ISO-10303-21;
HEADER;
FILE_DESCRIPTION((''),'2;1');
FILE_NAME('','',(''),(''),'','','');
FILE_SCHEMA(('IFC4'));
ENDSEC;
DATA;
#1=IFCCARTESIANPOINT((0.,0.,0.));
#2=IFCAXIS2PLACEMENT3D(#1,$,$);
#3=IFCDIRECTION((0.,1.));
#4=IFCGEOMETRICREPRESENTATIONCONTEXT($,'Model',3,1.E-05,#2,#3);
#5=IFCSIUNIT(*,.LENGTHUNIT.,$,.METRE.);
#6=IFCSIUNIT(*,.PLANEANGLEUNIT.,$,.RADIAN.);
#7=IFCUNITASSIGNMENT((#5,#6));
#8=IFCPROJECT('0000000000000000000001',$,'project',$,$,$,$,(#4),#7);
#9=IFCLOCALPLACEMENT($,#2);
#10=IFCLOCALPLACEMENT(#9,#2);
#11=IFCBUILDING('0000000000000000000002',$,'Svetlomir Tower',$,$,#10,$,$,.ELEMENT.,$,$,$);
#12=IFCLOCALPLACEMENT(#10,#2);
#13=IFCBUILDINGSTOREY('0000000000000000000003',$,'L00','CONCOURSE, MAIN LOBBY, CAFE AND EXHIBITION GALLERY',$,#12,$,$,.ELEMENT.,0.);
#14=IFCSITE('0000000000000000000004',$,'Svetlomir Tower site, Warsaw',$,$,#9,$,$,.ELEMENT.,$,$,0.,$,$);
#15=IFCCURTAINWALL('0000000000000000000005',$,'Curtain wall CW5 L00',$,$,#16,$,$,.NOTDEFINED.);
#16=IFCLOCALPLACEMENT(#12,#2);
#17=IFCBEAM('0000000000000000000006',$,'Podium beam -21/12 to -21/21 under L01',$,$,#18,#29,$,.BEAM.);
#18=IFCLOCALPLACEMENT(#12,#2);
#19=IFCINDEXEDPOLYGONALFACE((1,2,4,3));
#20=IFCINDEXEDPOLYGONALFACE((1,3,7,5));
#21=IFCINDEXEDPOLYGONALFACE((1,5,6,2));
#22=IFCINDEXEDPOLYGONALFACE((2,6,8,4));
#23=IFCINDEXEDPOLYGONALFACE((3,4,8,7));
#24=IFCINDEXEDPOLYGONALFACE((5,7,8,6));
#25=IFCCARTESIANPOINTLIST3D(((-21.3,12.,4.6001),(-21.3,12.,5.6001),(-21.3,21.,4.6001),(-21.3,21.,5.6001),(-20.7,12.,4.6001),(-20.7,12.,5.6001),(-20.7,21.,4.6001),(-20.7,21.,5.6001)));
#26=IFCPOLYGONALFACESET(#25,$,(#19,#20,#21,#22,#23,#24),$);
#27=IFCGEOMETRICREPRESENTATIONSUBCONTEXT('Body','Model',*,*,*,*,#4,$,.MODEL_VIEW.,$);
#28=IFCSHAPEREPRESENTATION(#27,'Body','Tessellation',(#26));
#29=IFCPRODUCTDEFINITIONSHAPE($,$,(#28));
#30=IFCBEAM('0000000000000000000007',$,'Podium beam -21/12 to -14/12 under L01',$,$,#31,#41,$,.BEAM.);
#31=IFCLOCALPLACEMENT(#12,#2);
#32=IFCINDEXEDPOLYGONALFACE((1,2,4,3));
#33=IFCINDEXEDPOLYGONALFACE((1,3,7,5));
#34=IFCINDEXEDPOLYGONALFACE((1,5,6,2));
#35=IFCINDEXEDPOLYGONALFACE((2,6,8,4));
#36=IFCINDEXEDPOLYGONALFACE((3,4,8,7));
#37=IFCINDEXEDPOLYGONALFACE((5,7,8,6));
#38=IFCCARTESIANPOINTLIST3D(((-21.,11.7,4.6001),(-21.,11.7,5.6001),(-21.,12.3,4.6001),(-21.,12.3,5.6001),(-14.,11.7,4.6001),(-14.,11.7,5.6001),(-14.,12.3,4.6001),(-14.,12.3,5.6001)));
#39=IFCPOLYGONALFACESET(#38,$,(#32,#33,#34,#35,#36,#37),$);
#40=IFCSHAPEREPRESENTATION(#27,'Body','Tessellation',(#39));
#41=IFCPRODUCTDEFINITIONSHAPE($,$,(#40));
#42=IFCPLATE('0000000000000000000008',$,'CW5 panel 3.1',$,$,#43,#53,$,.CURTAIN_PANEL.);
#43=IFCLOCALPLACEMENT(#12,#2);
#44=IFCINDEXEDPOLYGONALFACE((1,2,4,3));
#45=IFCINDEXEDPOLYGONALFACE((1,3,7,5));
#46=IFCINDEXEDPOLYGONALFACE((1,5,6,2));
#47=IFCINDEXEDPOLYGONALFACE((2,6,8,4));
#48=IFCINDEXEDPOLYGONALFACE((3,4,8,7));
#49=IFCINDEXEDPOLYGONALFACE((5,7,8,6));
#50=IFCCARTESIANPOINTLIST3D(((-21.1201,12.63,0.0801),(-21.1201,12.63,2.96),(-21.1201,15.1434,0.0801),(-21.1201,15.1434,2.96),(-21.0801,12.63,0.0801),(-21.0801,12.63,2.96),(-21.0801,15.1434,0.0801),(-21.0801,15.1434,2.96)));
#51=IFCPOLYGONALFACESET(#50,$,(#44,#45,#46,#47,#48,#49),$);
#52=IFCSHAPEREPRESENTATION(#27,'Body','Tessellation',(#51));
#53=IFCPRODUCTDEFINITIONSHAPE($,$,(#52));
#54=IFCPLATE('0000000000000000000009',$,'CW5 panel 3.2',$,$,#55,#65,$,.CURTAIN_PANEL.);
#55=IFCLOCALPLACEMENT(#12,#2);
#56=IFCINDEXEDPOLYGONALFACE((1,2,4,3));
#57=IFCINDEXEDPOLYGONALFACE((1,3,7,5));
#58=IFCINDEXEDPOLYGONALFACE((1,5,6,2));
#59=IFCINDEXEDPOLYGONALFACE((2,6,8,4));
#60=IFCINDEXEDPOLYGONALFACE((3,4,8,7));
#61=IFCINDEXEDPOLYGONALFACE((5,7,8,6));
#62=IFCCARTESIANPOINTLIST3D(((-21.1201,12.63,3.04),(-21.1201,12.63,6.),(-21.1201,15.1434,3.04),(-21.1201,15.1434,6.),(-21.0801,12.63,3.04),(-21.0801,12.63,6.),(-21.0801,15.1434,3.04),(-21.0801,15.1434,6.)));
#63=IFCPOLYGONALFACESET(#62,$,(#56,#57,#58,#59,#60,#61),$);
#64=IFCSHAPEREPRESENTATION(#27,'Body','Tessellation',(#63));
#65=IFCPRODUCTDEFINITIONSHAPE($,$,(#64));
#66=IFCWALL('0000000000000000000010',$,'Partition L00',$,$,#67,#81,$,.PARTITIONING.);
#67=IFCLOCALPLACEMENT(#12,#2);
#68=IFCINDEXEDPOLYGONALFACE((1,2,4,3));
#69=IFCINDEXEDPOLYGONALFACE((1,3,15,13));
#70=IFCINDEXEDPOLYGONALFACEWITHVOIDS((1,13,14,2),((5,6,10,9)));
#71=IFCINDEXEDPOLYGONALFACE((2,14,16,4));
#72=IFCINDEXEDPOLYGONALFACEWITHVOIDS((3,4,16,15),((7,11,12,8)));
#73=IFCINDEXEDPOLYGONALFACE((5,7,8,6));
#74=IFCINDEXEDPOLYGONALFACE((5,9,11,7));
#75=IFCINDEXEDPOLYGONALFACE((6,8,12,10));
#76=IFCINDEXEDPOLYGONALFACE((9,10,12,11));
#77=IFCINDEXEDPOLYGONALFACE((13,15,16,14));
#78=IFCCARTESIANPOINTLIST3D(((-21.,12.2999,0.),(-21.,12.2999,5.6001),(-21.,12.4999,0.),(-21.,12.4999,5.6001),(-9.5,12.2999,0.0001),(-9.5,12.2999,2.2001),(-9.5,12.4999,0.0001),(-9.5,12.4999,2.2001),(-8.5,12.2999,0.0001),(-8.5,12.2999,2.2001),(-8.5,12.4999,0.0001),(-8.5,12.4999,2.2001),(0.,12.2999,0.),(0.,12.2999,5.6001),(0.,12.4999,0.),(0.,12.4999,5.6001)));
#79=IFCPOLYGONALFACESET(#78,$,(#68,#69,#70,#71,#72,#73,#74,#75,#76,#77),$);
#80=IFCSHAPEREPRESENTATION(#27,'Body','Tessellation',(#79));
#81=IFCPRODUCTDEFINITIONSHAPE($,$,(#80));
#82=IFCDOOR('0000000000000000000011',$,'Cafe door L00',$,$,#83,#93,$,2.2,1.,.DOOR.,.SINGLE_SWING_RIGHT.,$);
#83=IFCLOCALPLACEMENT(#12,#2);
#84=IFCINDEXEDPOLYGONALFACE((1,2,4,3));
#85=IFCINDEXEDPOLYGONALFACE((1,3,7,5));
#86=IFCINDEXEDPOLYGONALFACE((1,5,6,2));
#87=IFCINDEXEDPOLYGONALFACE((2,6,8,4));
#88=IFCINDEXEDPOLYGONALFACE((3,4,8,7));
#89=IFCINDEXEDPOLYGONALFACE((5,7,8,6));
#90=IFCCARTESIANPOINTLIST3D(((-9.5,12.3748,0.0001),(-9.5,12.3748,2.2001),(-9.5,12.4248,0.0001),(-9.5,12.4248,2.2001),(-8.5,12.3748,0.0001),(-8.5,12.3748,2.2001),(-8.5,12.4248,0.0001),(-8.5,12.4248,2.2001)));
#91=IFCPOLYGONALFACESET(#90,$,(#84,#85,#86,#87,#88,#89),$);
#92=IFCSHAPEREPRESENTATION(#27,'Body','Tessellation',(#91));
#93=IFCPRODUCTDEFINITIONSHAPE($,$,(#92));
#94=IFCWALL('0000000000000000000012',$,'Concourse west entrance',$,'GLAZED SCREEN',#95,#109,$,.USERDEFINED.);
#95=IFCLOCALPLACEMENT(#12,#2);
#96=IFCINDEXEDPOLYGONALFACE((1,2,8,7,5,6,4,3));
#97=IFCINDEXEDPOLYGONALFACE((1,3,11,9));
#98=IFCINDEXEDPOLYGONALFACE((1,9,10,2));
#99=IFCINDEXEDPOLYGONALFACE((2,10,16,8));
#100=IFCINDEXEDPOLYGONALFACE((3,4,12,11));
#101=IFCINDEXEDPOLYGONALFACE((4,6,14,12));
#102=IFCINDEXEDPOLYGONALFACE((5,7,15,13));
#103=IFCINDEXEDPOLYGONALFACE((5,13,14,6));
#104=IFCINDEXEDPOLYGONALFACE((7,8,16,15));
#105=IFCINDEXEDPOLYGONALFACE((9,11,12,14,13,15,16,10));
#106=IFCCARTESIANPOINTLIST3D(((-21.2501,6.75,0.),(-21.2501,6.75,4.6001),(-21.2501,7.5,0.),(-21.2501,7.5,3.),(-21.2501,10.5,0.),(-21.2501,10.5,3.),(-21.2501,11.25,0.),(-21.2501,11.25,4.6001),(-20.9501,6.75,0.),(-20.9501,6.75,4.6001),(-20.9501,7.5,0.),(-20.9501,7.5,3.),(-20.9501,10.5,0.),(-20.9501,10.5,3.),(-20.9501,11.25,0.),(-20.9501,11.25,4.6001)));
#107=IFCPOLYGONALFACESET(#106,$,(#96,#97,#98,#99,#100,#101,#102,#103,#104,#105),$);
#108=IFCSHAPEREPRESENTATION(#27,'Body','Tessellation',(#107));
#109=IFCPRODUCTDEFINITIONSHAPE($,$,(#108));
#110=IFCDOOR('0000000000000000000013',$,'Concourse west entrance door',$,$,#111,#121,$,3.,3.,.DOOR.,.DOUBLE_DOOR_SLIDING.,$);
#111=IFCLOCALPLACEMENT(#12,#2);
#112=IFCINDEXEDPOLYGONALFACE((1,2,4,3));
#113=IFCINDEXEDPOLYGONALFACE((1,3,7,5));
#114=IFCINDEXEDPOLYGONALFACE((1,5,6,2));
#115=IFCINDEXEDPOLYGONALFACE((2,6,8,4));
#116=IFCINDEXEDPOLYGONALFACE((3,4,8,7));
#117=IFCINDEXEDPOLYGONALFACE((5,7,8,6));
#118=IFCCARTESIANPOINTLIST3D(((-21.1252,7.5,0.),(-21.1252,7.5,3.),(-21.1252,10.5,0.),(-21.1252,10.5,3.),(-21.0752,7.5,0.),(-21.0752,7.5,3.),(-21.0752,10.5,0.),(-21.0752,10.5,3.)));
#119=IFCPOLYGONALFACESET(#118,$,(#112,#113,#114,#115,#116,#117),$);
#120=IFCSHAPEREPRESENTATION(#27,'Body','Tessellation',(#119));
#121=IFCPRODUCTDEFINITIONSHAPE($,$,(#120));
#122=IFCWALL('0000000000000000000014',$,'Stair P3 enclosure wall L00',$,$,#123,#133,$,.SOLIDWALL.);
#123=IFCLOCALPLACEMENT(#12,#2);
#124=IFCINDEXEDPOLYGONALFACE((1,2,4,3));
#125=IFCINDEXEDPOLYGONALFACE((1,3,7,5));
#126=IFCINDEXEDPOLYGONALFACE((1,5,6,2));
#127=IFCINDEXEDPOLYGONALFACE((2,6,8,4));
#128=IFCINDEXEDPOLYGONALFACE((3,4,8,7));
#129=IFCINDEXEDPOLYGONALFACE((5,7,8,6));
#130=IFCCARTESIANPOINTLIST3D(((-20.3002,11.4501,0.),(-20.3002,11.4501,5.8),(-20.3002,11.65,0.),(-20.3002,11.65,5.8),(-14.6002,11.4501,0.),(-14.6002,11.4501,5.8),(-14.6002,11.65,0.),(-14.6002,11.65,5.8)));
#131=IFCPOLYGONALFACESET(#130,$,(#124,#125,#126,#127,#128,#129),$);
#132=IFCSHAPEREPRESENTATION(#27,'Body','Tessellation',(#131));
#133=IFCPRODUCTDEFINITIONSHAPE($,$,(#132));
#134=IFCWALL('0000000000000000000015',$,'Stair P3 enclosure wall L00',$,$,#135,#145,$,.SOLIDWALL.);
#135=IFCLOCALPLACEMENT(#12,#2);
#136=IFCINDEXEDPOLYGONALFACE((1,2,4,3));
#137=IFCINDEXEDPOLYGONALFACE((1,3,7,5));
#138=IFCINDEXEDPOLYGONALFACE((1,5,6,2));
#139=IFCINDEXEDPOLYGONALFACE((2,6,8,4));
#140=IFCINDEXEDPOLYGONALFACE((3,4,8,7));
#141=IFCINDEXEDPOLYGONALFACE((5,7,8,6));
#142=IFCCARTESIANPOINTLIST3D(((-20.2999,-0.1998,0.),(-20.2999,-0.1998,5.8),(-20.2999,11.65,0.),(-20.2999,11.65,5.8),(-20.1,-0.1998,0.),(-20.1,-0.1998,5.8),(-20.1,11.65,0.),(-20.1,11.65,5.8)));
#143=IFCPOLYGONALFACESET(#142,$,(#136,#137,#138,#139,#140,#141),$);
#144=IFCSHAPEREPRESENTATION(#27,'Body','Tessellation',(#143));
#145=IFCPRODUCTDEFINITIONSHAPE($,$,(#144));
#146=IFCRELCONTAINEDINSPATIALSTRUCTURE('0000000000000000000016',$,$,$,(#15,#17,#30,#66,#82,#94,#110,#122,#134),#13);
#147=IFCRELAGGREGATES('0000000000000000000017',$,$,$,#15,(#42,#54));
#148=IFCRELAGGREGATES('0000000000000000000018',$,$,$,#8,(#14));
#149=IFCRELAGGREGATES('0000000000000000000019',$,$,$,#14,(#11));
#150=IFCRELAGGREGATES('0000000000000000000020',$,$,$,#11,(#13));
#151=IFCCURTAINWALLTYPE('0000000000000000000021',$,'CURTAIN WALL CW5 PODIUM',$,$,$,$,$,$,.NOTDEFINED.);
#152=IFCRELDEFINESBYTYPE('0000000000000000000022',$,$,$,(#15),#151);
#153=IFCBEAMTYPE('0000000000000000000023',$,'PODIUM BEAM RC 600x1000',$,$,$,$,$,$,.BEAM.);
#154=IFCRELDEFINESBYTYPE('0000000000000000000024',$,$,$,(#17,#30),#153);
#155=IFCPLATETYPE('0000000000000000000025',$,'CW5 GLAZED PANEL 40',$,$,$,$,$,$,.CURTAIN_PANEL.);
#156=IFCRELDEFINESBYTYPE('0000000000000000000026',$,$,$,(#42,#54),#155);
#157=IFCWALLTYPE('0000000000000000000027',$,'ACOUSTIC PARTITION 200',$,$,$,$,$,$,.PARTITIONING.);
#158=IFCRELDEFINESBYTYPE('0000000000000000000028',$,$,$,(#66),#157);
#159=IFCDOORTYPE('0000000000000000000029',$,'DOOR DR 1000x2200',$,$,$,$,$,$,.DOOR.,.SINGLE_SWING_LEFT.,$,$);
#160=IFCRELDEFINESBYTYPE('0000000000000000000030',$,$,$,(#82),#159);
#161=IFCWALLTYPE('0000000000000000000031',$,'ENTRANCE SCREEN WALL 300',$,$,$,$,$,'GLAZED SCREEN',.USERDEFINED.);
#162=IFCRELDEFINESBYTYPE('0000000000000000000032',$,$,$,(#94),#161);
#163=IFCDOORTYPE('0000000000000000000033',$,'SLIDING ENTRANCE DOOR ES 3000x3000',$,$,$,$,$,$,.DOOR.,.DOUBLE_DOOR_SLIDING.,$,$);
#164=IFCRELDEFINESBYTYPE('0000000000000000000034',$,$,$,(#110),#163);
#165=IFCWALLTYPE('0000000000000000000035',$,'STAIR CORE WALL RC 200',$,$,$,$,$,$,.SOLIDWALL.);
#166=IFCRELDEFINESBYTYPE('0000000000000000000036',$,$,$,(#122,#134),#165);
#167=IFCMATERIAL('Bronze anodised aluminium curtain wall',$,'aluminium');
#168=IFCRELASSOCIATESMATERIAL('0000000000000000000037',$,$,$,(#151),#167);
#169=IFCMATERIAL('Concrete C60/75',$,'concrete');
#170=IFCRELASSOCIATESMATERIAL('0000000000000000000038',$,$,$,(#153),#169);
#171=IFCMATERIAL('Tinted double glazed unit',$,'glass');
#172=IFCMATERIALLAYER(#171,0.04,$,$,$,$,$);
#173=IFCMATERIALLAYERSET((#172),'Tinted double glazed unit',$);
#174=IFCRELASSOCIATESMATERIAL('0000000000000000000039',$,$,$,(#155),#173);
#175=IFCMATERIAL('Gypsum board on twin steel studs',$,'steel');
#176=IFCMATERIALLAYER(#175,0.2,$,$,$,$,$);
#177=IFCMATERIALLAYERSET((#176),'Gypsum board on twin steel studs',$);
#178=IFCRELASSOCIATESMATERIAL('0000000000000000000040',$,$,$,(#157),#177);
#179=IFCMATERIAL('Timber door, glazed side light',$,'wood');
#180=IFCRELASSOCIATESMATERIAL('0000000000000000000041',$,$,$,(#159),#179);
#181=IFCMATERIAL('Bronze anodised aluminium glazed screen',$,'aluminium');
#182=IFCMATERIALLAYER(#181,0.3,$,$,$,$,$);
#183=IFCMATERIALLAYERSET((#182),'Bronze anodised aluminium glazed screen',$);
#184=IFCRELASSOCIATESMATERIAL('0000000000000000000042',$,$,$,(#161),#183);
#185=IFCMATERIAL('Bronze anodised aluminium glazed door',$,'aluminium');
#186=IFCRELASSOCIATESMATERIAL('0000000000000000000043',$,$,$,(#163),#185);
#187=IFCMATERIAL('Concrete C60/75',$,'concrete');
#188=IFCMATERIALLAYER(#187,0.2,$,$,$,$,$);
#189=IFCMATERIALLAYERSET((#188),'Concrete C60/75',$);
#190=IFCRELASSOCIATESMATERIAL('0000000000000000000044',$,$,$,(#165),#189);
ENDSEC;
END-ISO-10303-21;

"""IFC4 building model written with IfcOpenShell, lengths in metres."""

from ifc_helpers import new_model, si_unit, direction, frame, frame_2d, origin, origin_2d, place, context, subcontext, project, spatial, rectangle, extrude, material, layer, layer_set, material_profile, profile_set, type_object, element, fill, aggregate, save


model = new_model("IFC4")

# Units and contexts
model_context = context("Model", 3, precision=1e-05, world=origin(), true_north=direction((0.0, 1.0)))
body_context = subcontext(model_context, "Body", "Model", "MODEL_VIEW")
ifc_project = project(units=[si_unit("LENGTHUNIT", "METRE"), si_unit("PLANEANGLEUNIT", "RADIAN")], contexts=[model_context])

# Site, building, storey
site_placement = place(None, origin())
site = spatial("IfcSite", under=ifc_project, at=site_placement, Name="Svetlomir Tower site, Warsaw", CompositionType="ELEMENT", RefElevation=0.0)
building_placement = place(site_placement, origin())
building = spatial("IfcBuilding", under=site, at=building_placement, Name="Svetlomir Tower", CompositionType="ELEMENT")
storey_placement = place(building_placement, origin())
storey = spatial("IfcBuildingStorey", under=building, at=storey_placement, Name="L00", Description="CONCOURSE, MAIN LOBBY, CAFE AND EXHIBITION GALLERY", CompositionType="ELEMENT", Elevation=0.0)

# Curtain wall
ifc_material_1 = material(Name="Bronze anodised aluminium curtain wall", Category="aluminium")
curtain_wall_type = type_object("IfcCurtainWallType", Name="CURTAIN WALL CW5 PODIUM", PredefinedType="NOTDEFINED", material=ifc_material_1)
curtain_wall_placement = place(storey_placement, origin())
curtain_wall = element("IfcCurtainWall", 1, at=curtain_wall_placement, inside=storey, type_object=curtain_wall_type, Name="Curtain wall CW5 L00", PredefinedType="NOTDEFINED")

# Beams
ifc_material_2 = material(Name="Concrete C60/75", Category="concrete")
ifc_material_profile_1 = material_profile(ifc_material_2, rectangle(XDim=0.6001, YDim=1.0, at=origin_2d()), Name="RC 600x1000")
ifc_profile_set_1 = profile_set([ifc_material_profile_1], Name="Concrete C60/75")
beam_type = type_object("IfcBeamType", Name="PODIUM BEAM RC 600x1000", PredefinedType="BEAM", material=ifc_profile_set_1)
beam_1_placement = place(storey_placement, frame((-21.0, 12.0, 5.1001), z_axis=(0.0, 1.0, 0.0), x_axis=(-1.0, 0.0, 0.0)))
element("IfcBeam", 2, at=beam_1_placement, inside=storey, type_object=beam_type, Name="Podium beam -21/12 to -21/21 under L01", PredefinedType="BEAM", context=body_context, shape_type="SweptSolid", body=[
    extrude(rectangle(XDim=0.6001, YDim=1.0, at=origin_2d()), origin(), (0.0, 0.0, 1.0), 9.0),
])
beam_2_placement = place(storey_placement, frame((-21.0, 12.0, 5.1001), z_axis=(1.0, 0.0, 0.0), x_axis=(0.0, 1.0, 0.0)))
element("IfcBeam", 3, at=beam_2_placement, inside=storey, type_object=beam_type, Name="Podium beam -21/12 to -14/12 under L01", PredefinedType="BEAM", context=body_context, shape_type="SweptSolid", body=[
    extrude(rectangle(XDim=0.6001, YDim=1.0, at=origin_2d()), origin(), (0.0, 0.0, 1.0), 7.0),
])

# Plates
ifc_material_3 = material(Name="Tinted double glazed unit", Category="glass")
ifc_layer_1 = layer(ifc_material_3, 0.04)
ifc_layer_set_1 = layer_set([ifc_layer_1], Name="Tinted double glazed unit")
plate_type = type_object("IfcPlateType", Name="CW5 GLAZED PANEL 40", PredefinedType="CURTAIN_PANEL", material=ifc_layer_set_1)
plate_1_placement = place(storey_placement, frame((-21.1001, 13.8867, 0.0801), z_axis=(0.0, 0.0, 1.0), x_axis=(0.0, -1.0, 0.0)))
plate_1 = element("IfcPlate", 4, at=plate_1_placement, type_object=plate_type, Name="CW5 panel 3.1", PredefinedType="CURTAIN_PANEL", context=body_context, shape_type="SweptSolid", body=[
    extrude(rectangle(XDim=2.5134, YDim=0.04, at=origin_2d()), origin(), (0.0, 0.0, 1.0), 2.8799),
])
plate_2_placement = place(storey_placement, frame((-21.1001, 13.8867, 3.04), z_axis=(0.0, 0.0, 1.0), x_axis=(0.0, -1.0, 0.0)))
plate_2 = element("IfcPlate", 5, at=plate_2_placement, type_object=plate_type, Name="CW5 panel 3.2", PredefinedType="CURTAIN_PANEL", context=body_context, shape_type="SweptSolid", body=[
    extrude(rectangle(XDim=2.5134, YDim=0.04, at=origin_2d()), origin(), (0.0, 0.0, 1.0), 2.96),
])
aggregate(curtain_wall, [plate_1, plate_2])

# Walls, openings, doors
ifc_material_4 = material(Name="Gypsum board on twin steel studs", Category="steel")
ifc_layer_2 = layer(ifc_material_4, 0.2)
ifc_layer_set_2 = layer_set([ifc_layer_2], Name="Gypsum board on twin steel studs")
wall_type_1 = type_object("IfcWallType", Name="ACOUSTIC PARTITION 200", PredefinedType="PARTITIONING", material=ifc_layer_set_2)
wall_1_placement = place(storey_placement, frame((-21.0, 12.3999, 0.0), z_axis=(0.0, 0.0, 1.0), x_axis=(1.0, 0.0, 0.0)))
wall_1 = element("IfcWall", 6, at=wall_1_placement, inside=storey, type_object=wall_type_1, Name="Partition L00", PredefinedType="PARTITIONING", context=body_context, shape_type="SweptSolid", body=[
    extrude(rectangle(XDim=21.0, YDim=0.2, at=frame_2d((10.5, 0.0))), origin(), (0.0, 0.0, 1.0), 5.6001),
])
opening_1_placement = place(wall_1_placement, frame((11.5, 0.0, 0.0)))
opening_1 = element("IfcOpeningElement", 7, at=opening_1_placement, cuts=wall_1, PredefinedType="OPENING", context=body_context, shape_type="SweptSolid", body=[
    extrude(rectangle(XDim=1.0, YDim=2.2, at=frame_2d((0.5, 1.1001))), frame((0.0, 0.1099, 0.0), z_axis=(0.0, -1.0, 0.0), x_axis=(1.0, 0.0, 0.0)), (0.0, 0.0, 1.0), 0.22),
])
ifc_material_5 = material(Name="Timber door, glazed side light", Category="wood")
door_type_1 = type_object("IfcDoorType", Name="DOOR DR 1000x2200", OperationType="SINGLE_SWING_LEFT", PredefinedType="DOOR", material=ifc_material_5)
door_1_placement = place(opening_1_placement, origin())
door_1 = element("IfcDoor", 8, at=door_1_placement, inside=storey, type_object=door_type_1, Name="Cafe door L00", OperationType="SINGLE_SWING_RIGHT", OverallHeight=2.2, OverallWidth=1.0, PredefinedType="DOOR", context=body_context, shape_type="SweptSolid", body=[
    extrude(rectangle(XDim=1.0, YDim=2.2, at=frame_2d((0.5, 1.1001))), frame((0.0, 0.0249, 0.0), z_axis=(0.0, -1.0, 0.0), x_axis=(1.0, 0.0, 0.0)), (0.0, 0.0, 1.0), 0.05),
])
fill(opening_1, door_1)
ifc_material_6 = material(Name="Bronze anodised aluminium glazed screen", Category="aluminium")
ifc_layer_3 = layer(ifc_material_6, 0.3)
ifc_layer_set_3 = layer_set([ifc_layer_3], Name="Bronze anodised aluminium glazed screen")
wall_type_2 = type_object("IfcWallType", Name="ENTRANCE SCREEN WALL 300", ElementType="GLAZED SCREEN", PredefinedType="USERDEFINED", material=ifc_layer_set_3)
wall_2_placement = place(storey_placement, frame((-21.1001, 11.25, 0.0), z_axis=(0.0, 0.0, 1.0), x_axis=(0.0, -1.0, 0.0)))
wall_2 = element("IfcWall", 9, at=wall_2_placement, inside=storey, type_object=wall_type_2, Name="Concourse west entrance", ObjectType="GLAZED SCREEN", PredefinedType="USERDEFINED", context=body_context, shape_type="SweptSolid", body=[
    extrude(rectangle(XDim=4.5, YDim=0.3, at=frame_2d((2.25, 0.0))), origin(), (0.0, 0.0, 1.0), 4.6001),
])
opening_2_placement = place(wall_2_placement, frame((0.75, 0.0, 0.0)))
opening_2 = element("IfcOpeningElement", 10, at=opening_2_placement, cuts=wall_2, PredefinedType="OPENING", context=body_context, shape_type="SweptSolid", body=[
    extrude(rectangle(XDim=3.0, YDim=3.0, at=frame_2d((1.5, 1.5))), frame((0.0, 0.1602, 0.0), z_axis=(0.0, -1.0, 0.0), x_axis=(1.0, 0.0, 0.0)), (0.0, 0.0, 1.0), 0.3201),
])
ifc_material_7 = material(Name="Bronze anodised aluminium glazed door", Category="aluminium")
door_type_2 = type_object("IfcDoorType", Name="SLIDING ENTRANCE DOOR ES 3000x3000", OperationType="DOUBLE_DOOR_SLIDING", PredefinedType="DOOR", material=ifc_material_7)
door_2_placement = place(opening_2_placement, origin())
door_2 = element("IfcDoor", 11, at=door_2_placement, inside=storey, type_object=door_type_2, Name="Concourse west entrance door", OperationType="DOUBLE_DOOR_SLIDING", OverallHeight=3.0, OverallWidth=3.0, PredefinedType="DOOR", context=body_context, shape_type="SweptSolid", body=[
    extrude(rectangle(XDim=3.0, YDim=3.0, at=frame_2d((1.5, 1.5))), frame((0.0, 0.0249, 0.0), z_axis=(0.0, -1.0, 0.0), x_axis=(1.0, 0.0, 0.0)), (0.0, 0.0, 1.0), 0.05),
])
fill(opening_2, door_2)

# Walls
ifc_material_8 = material(Name="Concrete C60/75", Category="concrete")
ifc_layer_4 = layer(ifc_material_8, 0.2)
ifc_layer_set_4 = layer_set([ifc_layer_4], Name="Concrete C60/75")
wall_type_3 = type_object("IfcWallType", Name="STAIR CORE WALL RC 200", PredefinedType="SOLIDWALL", material=ifc_layer_set_4)
wall_3_placement = place(storey_placement, frame((-14.6001, 11.55, 0.0), z_axis=(0.0, 0.0, 1.0), x_axis=(-1.0, 0.0, 0.0)))
element("IfcWall", 12, at=wall_3_placement, inside=storey, type_object=wall_type_3, Name="Stair P3 enclosure wall L00", PredefinedType="SOLIDWALL", context=body_context, shape_type="SweptSolid", body=[
    extrude(rectangle(XDim=5.7, YDim=0.2, at=frame_2d((2.8501, 0.0))), origin(), (0.0, 0.0, 1.0), 5.8),
])
wall_4_placement = place(storey_placement, frame((-20.2, 11.6499, 0.0), z_axis=(0.0, 0.0, 1.0), x_axis=(0.0, -1.0, 0.0)))
element("IfcWall", 13, at=wall_4_placement, inside=storey, type_object=wall_type_3, Name="Stair P3 enclosure wall L00", PredefinedType="SOLIDWALL", context=body_context, shape_type="SweptSolid", body=[
    extrude(rectangle(XDim=11.8499, YDim=0.2, at=frame_2d((5.9248, 0.0))), origin(), (0.0, 0.0, 1.0), 5.8),
])

save(model, "model.ifc")
